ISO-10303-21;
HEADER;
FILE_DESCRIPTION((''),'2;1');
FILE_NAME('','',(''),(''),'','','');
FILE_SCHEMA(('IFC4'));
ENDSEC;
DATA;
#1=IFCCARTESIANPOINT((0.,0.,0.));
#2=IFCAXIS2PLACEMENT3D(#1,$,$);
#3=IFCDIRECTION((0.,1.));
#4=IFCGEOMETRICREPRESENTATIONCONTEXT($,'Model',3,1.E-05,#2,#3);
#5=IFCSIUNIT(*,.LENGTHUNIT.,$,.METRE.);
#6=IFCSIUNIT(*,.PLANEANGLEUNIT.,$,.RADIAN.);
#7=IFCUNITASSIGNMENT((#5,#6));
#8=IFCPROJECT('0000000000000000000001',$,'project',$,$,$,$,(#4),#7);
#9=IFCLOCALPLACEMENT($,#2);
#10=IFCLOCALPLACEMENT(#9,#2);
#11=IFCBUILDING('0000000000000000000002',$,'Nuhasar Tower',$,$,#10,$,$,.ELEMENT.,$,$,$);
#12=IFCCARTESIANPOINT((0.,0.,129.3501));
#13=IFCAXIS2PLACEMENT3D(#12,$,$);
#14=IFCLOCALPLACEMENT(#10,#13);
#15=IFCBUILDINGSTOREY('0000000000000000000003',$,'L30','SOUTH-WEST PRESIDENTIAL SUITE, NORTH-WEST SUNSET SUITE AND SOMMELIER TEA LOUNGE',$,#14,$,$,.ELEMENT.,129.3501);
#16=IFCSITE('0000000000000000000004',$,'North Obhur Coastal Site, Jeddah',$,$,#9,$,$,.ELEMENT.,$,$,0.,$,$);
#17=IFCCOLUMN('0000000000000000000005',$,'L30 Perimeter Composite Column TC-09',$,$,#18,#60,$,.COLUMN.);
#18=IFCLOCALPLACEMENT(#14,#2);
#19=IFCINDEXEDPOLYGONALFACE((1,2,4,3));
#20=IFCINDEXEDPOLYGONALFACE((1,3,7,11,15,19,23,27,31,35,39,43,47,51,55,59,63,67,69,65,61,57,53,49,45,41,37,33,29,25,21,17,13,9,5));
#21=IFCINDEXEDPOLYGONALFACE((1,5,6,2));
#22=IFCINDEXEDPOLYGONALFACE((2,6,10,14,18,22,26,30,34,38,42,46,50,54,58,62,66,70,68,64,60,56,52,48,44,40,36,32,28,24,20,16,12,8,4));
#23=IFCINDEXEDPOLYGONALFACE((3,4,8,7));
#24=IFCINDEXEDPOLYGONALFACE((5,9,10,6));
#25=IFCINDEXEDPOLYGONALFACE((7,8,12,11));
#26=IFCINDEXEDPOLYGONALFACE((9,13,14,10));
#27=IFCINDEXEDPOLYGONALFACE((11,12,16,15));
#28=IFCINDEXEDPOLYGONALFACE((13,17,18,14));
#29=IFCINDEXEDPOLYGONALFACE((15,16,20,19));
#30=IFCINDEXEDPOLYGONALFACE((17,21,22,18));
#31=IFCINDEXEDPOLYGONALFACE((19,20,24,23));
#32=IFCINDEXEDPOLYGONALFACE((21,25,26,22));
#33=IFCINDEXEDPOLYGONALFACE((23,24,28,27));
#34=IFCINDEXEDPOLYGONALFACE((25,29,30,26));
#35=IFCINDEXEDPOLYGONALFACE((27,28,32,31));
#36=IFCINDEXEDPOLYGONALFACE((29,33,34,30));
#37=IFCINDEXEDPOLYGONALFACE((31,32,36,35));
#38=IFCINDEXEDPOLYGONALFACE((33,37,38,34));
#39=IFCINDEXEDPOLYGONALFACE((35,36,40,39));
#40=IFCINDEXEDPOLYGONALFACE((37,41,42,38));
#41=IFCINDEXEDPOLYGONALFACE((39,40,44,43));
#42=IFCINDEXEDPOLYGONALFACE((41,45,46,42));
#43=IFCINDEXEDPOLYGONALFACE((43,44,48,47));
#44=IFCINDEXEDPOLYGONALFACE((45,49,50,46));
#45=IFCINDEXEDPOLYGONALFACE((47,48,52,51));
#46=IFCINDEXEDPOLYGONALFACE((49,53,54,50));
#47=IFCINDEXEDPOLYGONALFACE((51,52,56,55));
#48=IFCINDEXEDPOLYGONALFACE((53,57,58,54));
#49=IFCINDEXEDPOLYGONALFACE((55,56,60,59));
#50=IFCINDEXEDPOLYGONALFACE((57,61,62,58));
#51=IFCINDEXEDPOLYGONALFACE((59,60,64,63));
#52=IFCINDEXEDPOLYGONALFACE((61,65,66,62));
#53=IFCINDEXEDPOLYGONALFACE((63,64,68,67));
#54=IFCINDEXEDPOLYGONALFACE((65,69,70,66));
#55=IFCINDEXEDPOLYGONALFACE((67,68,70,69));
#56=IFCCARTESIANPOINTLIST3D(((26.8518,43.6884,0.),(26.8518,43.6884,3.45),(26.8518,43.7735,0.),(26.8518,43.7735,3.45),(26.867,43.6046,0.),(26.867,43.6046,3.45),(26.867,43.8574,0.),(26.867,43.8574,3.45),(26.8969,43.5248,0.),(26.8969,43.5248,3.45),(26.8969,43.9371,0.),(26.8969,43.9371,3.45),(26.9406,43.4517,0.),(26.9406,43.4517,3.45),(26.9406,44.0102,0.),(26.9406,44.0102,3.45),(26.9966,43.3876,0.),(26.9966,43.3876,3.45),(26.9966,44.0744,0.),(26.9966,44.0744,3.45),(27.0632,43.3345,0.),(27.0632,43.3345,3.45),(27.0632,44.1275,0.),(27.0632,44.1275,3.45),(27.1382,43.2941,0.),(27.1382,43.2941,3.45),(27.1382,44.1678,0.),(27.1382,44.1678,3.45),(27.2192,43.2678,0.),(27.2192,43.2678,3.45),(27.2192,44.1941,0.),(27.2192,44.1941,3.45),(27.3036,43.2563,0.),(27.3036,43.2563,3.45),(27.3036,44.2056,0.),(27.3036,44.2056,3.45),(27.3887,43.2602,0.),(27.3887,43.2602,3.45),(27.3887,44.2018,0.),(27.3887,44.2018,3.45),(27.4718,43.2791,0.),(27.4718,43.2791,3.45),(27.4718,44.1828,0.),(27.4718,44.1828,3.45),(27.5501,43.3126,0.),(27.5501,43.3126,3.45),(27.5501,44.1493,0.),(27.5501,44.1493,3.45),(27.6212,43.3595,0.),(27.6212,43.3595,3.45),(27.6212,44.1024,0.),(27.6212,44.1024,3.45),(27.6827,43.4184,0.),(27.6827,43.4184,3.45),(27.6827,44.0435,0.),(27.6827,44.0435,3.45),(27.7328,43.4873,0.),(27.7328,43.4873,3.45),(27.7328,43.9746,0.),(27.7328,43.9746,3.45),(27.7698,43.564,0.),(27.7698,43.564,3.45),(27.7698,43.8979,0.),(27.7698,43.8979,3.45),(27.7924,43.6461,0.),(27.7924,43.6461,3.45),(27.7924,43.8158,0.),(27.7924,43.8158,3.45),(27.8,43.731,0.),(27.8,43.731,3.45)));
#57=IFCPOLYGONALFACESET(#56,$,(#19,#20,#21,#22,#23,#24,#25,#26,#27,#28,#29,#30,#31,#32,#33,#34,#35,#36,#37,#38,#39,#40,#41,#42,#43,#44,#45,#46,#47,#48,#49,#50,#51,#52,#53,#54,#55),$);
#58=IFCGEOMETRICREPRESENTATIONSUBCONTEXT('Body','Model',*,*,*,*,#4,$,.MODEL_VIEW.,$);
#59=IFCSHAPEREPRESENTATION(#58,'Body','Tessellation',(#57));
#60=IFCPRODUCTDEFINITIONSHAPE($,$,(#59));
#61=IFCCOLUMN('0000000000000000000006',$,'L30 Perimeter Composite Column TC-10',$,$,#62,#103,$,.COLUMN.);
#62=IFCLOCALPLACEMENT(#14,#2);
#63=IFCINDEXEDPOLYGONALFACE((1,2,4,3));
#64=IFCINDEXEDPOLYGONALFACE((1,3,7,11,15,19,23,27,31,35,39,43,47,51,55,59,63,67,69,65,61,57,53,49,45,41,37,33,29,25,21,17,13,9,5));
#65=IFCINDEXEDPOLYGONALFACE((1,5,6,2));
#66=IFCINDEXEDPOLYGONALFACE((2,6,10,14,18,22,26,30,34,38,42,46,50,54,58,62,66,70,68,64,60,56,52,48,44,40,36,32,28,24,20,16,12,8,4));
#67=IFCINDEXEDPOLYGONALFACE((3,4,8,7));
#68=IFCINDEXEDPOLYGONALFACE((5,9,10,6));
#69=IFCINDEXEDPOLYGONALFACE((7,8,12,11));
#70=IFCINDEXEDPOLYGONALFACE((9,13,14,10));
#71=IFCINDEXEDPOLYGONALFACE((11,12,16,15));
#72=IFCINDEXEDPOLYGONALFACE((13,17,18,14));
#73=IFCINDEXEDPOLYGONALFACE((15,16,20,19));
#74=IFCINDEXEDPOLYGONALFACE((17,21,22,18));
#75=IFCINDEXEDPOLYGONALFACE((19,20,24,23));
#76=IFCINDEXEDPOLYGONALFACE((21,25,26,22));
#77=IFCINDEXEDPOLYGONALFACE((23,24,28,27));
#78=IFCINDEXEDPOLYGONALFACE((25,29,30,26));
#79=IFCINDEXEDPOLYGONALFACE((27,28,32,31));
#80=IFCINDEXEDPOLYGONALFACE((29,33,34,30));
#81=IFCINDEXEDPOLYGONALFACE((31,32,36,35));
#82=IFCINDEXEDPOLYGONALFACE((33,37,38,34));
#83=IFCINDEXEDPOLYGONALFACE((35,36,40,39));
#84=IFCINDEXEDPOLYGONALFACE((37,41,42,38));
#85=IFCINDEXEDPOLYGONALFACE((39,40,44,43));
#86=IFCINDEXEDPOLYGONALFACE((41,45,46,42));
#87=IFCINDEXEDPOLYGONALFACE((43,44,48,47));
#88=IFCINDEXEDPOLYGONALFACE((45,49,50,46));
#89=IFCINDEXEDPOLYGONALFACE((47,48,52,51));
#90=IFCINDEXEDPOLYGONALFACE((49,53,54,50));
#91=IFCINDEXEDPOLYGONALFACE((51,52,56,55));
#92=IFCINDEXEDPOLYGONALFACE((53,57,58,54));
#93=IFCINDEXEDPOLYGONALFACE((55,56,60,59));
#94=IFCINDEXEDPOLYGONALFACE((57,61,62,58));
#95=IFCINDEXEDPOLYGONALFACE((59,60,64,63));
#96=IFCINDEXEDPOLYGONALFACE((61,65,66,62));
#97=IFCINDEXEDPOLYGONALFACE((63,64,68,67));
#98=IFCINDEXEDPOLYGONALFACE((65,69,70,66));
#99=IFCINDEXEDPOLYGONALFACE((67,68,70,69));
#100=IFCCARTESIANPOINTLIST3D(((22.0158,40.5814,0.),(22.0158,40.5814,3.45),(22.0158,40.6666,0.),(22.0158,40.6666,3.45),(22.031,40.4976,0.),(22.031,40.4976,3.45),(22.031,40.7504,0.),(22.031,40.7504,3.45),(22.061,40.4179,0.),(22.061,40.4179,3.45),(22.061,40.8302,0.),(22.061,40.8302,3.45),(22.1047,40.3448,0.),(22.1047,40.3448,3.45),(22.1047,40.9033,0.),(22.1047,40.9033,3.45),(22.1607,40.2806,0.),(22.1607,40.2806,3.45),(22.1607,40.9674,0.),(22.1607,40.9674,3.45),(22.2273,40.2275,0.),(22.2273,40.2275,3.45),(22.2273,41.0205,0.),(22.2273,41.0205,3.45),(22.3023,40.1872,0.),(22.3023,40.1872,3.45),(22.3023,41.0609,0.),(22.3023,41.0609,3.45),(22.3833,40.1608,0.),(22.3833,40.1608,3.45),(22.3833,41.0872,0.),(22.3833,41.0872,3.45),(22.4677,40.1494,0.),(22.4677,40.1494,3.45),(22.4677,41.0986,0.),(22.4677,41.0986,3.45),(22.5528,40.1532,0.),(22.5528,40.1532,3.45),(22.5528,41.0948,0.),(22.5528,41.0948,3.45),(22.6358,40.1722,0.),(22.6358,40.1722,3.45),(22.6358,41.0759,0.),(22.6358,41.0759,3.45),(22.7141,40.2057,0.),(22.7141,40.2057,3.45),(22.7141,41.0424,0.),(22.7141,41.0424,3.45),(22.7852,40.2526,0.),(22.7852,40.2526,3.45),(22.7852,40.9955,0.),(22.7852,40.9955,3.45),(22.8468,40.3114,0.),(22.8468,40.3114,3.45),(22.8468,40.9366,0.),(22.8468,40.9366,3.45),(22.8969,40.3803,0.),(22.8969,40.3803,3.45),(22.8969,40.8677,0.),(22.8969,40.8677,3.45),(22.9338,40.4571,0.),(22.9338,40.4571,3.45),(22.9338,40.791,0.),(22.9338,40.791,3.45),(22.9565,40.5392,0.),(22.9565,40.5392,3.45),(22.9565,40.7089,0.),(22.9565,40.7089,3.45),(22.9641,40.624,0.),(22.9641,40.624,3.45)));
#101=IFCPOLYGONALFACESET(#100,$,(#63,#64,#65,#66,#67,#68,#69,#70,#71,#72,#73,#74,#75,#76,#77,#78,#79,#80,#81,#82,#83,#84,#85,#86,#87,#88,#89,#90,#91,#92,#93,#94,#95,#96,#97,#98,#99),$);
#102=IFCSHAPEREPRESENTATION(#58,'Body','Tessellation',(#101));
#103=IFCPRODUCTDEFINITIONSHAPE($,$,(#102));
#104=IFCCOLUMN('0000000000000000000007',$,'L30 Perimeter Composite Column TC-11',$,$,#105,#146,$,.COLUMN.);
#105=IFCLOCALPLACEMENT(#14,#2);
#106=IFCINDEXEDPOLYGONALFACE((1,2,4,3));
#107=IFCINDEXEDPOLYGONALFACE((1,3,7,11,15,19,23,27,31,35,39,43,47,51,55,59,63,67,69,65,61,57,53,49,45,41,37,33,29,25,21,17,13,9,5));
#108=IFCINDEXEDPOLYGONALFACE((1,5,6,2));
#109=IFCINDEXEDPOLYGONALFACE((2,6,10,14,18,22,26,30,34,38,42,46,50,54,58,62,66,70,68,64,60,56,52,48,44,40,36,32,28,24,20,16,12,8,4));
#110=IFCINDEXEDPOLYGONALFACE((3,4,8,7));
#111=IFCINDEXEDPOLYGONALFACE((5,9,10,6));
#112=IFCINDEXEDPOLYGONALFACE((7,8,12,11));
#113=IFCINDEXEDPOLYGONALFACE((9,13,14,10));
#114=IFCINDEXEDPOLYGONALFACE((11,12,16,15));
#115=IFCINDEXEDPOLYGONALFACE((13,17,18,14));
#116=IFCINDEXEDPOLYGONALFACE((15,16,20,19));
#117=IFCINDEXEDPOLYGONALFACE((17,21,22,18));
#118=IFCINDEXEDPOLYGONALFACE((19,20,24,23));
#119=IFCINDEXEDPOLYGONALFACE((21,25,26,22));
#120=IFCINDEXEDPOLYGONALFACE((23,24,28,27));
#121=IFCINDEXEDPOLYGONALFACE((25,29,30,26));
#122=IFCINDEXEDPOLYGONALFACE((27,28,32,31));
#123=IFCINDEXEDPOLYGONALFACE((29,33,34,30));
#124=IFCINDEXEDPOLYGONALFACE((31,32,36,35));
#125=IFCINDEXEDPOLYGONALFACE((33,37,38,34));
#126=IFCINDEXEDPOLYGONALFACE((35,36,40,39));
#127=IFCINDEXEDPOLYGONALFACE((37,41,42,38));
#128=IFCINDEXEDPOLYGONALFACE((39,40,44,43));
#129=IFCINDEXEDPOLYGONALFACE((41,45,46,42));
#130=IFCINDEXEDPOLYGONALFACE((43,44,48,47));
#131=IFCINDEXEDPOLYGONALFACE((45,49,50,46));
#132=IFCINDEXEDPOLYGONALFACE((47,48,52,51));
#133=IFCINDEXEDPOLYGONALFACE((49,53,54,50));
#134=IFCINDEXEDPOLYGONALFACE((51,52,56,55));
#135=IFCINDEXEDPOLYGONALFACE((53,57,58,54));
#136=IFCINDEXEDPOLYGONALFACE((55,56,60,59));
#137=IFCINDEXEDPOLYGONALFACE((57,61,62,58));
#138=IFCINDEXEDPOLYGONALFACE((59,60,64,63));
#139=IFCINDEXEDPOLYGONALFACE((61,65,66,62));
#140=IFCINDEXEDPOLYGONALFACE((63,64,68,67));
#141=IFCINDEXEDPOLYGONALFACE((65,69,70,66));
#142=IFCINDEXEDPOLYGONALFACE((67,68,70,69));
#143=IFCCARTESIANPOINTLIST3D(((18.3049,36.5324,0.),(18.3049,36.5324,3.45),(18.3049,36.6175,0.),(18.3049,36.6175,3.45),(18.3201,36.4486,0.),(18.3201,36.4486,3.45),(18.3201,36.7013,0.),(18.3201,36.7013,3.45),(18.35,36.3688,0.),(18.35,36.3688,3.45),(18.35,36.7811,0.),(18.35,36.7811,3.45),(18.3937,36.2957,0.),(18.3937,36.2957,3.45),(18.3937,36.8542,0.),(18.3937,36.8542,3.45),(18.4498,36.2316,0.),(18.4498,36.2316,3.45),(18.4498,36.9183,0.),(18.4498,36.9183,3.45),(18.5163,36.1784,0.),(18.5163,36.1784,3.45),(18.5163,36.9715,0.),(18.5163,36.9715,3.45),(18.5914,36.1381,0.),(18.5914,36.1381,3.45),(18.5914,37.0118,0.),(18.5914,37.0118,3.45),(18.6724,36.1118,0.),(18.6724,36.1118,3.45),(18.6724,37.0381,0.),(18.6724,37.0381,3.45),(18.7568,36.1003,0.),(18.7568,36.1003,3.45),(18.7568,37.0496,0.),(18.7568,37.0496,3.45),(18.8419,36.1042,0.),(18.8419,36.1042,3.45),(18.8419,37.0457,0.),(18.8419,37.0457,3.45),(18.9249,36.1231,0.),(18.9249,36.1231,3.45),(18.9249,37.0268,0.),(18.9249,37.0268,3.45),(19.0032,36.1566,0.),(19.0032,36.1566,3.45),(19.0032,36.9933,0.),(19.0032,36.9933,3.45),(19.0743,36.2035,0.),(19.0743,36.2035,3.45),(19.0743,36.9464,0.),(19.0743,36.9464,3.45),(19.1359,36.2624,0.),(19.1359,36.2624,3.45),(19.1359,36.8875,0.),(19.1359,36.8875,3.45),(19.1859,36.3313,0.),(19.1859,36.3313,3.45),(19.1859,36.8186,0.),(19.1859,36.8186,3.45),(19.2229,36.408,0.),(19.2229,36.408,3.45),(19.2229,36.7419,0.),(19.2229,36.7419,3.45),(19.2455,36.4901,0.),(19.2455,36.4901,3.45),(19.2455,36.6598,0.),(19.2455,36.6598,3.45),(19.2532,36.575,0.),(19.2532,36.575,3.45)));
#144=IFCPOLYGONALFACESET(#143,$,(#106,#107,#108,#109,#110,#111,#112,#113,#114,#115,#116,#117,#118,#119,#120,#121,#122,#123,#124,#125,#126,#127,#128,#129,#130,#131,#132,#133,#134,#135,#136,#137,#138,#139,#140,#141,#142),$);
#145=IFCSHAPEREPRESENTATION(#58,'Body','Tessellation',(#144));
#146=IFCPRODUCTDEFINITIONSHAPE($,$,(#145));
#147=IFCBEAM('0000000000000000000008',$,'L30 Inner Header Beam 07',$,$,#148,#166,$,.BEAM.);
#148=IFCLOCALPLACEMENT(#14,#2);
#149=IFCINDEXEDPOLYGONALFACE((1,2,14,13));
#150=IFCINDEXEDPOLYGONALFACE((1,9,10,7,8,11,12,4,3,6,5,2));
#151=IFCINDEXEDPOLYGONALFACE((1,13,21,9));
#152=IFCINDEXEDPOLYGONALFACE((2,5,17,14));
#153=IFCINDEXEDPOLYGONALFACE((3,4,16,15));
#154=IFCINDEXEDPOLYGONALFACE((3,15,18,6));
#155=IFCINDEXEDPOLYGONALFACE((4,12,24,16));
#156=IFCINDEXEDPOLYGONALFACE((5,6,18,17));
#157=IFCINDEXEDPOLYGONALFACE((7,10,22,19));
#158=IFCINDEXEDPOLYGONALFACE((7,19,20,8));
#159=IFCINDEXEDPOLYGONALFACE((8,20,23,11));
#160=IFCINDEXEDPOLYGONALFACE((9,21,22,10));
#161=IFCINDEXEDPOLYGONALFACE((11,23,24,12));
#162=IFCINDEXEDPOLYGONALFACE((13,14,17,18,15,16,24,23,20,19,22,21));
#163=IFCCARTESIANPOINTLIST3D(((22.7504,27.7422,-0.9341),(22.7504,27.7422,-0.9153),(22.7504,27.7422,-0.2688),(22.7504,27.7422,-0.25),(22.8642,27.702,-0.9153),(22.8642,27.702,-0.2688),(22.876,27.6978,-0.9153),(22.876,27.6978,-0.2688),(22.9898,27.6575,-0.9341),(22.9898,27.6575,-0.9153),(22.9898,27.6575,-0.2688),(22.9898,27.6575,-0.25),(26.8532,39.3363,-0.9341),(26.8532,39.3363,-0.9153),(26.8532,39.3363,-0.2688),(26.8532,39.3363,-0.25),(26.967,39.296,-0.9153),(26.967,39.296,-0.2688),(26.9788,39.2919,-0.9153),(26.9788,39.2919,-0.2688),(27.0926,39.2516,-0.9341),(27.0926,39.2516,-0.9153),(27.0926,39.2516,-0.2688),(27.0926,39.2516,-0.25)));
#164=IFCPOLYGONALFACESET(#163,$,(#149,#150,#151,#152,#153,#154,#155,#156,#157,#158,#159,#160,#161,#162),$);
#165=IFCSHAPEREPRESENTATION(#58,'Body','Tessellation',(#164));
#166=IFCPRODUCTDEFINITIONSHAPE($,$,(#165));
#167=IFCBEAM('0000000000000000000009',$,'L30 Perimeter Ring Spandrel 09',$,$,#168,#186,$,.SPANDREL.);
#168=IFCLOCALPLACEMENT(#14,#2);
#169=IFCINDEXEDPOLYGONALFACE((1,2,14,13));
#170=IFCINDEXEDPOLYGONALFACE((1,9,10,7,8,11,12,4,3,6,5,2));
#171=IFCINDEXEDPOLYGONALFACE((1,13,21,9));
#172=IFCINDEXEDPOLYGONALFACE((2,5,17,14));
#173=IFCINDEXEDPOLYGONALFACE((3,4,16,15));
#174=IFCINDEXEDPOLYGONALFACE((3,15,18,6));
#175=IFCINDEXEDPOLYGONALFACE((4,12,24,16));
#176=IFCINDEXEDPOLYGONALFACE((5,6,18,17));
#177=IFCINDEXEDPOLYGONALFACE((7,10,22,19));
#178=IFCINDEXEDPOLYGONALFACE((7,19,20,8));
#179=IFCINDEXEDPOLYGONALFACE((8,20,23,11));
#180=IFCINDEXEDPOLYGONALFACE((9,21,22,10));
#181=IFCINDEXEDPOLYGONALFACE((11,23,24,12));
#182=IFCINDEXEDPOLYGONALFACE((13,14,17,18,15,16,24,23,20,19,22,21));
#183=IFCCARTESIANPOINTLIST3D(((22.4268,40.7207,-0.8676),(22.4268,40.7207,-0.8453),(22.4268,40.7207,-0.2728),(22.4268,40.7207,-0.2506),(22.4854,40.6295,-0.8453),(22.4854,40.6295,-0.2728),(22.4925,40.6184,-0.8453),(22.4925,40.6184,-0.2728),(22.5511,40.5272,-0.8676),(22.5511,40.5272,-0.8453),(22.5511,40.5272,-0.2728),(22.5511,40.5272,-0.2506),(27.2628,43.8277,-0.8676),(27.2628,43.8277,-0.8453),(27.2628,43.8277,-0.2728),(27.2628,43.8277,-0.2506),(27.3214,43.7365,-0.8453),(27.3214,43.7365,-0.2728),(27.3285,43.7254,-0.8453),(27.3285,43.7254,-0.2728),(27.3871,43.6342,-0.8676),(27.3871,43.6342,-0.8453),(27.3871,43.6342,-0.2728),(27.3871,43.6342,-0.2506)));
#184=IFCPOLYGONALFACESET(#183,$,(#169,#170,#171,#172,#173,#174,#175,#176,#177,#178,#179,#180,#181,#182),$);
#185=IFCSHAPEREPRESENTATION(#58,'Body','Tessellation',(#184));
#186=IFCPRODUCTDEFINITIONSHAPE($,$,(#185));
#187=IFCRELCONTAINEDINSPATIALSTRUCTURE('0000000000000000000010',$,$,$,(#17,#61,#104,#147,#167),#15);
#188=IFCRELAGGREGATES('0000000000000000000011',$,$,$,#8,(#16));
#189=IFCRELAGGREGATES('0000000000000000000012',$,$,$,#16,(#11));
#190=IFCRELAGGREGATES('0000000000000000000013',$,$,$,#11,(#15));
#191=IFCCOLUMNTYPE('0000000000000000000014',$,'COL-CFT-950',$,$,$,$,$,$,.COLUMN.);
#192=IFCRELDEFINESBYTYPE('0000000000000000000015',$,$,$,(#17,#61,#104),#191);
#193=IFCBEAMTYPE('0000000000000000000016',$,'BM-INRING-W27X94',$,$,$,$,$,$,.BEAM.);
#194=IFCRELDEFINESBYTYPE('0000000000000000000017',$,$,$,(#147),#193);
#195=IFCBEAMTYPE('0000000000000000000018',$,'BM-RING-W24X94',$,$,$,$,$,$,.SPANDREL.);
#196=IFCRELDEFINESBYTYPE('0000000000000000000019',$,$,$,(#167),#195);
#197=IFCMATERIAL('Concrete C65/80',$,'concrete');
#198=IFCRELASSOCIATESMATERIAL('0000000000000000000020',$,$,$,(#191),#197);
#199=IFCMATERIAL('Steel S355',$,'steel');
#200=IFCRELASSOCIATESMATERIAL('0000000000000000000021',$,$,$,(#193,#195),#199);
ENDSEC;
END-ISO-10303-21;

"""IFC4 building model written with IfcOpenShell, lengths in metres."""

from ifc_helpers import new_model, si_unit, direction, frame, origin, origin_2d, place, context, subcontext, project, spatial, circle, i_section, extrude, material, material_profile, profile_set, type_object, element, save


model = new_model("IFC4")

# Units and contexts
model_context = context("Model", 3, precision=1e-05, world=origin(), true_north=direction((0.0, 1.0)))
body_context = subcontext(model_context, "Body", "Model", "MODEL_VIEW")
ifc_project = project(units=[si_unit("LENGTHUNIT", "METRE"), si_unit("PLANEANGLEUNIT", "RADIAN")], contexts=[model_context])

# Site, building, storey
site_placement = place(None, origin())
site = spatial("IfcSite", under=ifc_project, at=site_placement, Name="North Obhur Coastal Site, Jeddah", CompositionType="ELEMENT", RefElevation=0.0)
building_placement = place(site_placement, origin())
building = spatial("IfcBuilding", under=site, at=building_placement, Name="Nuhasar Tower", CompositionType="ELEMENT")
storey_placement = place(building_placement, frame((0.0, 0.0, 129.3501)))
storey = spatial("IfcBuildingStorey", under=building, at=storey_placement, Name="L30", Description="SOUTH-WEST PRESIDENTIAL SUITE, NORTH-WEST SUNSET SUITE AND SOMMELIER TEA LOUNGE", CompositionType="ELEMENT", Elevation=129.3501)

# Columns
ifc_material_1 = material(Name="Concrete C65/80", Category="concrete")
ifc_material_profile_1 = material_profile(ifc_material_1, circle(Radius=0.4751, at=origin_2d()), Name="CFT950")
ifc_profile_set_1 = profile_set([ifc_material_profile_1], Name="Concrete C65/80")
column_type = type_object("IfcColumnType", Name="COL-CFT-950", PredefinedType="COLUMN", material=ifc_profile_set_1)
for number, where, z_axis, x_axis, name in (
    (1, (27.325, 43.731, 0.0), (0.0, 0.0, 1.0), (1.0, 0.0, 0.0), "L30 Perimeter Composite Column TC-09"),
    (2, (22.489, 40.624, 0.0), (0.0, 0.0, 1.0), (1.0, 0.0, 0.0), "L30 Perimeter Composite Column TC-10"),
    (3, (18.7781, 36.575, 0.0), (0.0, 0.0, 1.0), (1.0, 0.0, 0.0), "L30 Perimeter Composite Column TC-11"),
):
    element("IfcColumn", number, at=place(storey_placement, frame(where, z_axis=z_axis, x_axis=x_axis)), inside=storey, type_object=column_type, Name=name, PredefinedType="COLUMN", context=body_context, shape_type="SweptSolid", body=[
        extrude(circle(Radius=0.4751, at=origin_2d()), origin(), (0.0, 0.0, 1.0), 3.45),
    ])

# Beams
ifc_material_2 = material(Name="Steel S355", Category="steel")
ifc_material_profile_2 = material_profile(ifc_material_2, i_section(OverallWidth=0.2539, OverallDepth=0.6841, WebThickness=0.0125, FlangeThickness=0.0188, at=origin_2d()), Name="W27X94")
ifc_profile_set_2 = profile_set([ifc_material_profile_2], Name="Steel S355")
beam_type_1 = type_object("IfcBeamType", Name="BM-INRING-W27X94", PredefinedType="BEAM", material=ifc_profile_set_2)
beam_1_placement = place(storey_placement, frame((26.9729, 39.2939, -0.592), z_axis=(-0.3336, -0.942715, 0.0), x_axis=(0.942715, -0.3336, 0.0)))
element("IfcBeam", 4, at=beam_1_placement, inside=storey, type_object=beam_type_1, Name="L30 Inner Header Beam 07", PredefinedType="BEAM", context=body_context, shape_type="SweptSolid", body=[
    extrude(i_section(OverallWidth=0.2539, OverallDepth=0.6841, WebThickness=0.0125, FlangeThickness=0.0188, at=origin_2d()), origin(), (0.0, 0.0, 1.0), 12.2986),
])
ifc_material_profile_3 = material_profile(ifc_material_2, i_section(OverallWidth=0.23, OverallDepth=0.6169, WebThickness=0.0132, FlangeThickness=0.0222, at=origin_2d()), Name="W24X94")
ifc_profile_set_3 = profile_set([ifc_material_profile_3], Name="Steel S355")
beam_type_2 = type_object("IfcBeamType", Name="BM-RING-W24X94", PredefinedType="SPANDREL", material=ifc_profile_set_3)
beam_2_placement = place(storey_placement, frame((27.325, 43.731, -0.5591), z_axis=(-0.841327, -0.540526, 0.0), x_axis=(0.540526, -0.841327, 0.0)))
element("IfcBeam", 5, at=beam_2_placement, inside=storey, type_object=beam_type_2, Name="L30 Perimeter Ring Spandrel 09", PredefinedType="SPANDREL", context=body_context, shape_type="SweptSolid", body=[
    extrude(i_section(OverallWidth=0.23, OverallDepth=0.6169, WebThickness=0.0132, FlangeThickness=0.0222, at=origin_2d()), origin(), (0.0, 0.0, 1.0), 5.748),
])

save(model, "model.ifc")
